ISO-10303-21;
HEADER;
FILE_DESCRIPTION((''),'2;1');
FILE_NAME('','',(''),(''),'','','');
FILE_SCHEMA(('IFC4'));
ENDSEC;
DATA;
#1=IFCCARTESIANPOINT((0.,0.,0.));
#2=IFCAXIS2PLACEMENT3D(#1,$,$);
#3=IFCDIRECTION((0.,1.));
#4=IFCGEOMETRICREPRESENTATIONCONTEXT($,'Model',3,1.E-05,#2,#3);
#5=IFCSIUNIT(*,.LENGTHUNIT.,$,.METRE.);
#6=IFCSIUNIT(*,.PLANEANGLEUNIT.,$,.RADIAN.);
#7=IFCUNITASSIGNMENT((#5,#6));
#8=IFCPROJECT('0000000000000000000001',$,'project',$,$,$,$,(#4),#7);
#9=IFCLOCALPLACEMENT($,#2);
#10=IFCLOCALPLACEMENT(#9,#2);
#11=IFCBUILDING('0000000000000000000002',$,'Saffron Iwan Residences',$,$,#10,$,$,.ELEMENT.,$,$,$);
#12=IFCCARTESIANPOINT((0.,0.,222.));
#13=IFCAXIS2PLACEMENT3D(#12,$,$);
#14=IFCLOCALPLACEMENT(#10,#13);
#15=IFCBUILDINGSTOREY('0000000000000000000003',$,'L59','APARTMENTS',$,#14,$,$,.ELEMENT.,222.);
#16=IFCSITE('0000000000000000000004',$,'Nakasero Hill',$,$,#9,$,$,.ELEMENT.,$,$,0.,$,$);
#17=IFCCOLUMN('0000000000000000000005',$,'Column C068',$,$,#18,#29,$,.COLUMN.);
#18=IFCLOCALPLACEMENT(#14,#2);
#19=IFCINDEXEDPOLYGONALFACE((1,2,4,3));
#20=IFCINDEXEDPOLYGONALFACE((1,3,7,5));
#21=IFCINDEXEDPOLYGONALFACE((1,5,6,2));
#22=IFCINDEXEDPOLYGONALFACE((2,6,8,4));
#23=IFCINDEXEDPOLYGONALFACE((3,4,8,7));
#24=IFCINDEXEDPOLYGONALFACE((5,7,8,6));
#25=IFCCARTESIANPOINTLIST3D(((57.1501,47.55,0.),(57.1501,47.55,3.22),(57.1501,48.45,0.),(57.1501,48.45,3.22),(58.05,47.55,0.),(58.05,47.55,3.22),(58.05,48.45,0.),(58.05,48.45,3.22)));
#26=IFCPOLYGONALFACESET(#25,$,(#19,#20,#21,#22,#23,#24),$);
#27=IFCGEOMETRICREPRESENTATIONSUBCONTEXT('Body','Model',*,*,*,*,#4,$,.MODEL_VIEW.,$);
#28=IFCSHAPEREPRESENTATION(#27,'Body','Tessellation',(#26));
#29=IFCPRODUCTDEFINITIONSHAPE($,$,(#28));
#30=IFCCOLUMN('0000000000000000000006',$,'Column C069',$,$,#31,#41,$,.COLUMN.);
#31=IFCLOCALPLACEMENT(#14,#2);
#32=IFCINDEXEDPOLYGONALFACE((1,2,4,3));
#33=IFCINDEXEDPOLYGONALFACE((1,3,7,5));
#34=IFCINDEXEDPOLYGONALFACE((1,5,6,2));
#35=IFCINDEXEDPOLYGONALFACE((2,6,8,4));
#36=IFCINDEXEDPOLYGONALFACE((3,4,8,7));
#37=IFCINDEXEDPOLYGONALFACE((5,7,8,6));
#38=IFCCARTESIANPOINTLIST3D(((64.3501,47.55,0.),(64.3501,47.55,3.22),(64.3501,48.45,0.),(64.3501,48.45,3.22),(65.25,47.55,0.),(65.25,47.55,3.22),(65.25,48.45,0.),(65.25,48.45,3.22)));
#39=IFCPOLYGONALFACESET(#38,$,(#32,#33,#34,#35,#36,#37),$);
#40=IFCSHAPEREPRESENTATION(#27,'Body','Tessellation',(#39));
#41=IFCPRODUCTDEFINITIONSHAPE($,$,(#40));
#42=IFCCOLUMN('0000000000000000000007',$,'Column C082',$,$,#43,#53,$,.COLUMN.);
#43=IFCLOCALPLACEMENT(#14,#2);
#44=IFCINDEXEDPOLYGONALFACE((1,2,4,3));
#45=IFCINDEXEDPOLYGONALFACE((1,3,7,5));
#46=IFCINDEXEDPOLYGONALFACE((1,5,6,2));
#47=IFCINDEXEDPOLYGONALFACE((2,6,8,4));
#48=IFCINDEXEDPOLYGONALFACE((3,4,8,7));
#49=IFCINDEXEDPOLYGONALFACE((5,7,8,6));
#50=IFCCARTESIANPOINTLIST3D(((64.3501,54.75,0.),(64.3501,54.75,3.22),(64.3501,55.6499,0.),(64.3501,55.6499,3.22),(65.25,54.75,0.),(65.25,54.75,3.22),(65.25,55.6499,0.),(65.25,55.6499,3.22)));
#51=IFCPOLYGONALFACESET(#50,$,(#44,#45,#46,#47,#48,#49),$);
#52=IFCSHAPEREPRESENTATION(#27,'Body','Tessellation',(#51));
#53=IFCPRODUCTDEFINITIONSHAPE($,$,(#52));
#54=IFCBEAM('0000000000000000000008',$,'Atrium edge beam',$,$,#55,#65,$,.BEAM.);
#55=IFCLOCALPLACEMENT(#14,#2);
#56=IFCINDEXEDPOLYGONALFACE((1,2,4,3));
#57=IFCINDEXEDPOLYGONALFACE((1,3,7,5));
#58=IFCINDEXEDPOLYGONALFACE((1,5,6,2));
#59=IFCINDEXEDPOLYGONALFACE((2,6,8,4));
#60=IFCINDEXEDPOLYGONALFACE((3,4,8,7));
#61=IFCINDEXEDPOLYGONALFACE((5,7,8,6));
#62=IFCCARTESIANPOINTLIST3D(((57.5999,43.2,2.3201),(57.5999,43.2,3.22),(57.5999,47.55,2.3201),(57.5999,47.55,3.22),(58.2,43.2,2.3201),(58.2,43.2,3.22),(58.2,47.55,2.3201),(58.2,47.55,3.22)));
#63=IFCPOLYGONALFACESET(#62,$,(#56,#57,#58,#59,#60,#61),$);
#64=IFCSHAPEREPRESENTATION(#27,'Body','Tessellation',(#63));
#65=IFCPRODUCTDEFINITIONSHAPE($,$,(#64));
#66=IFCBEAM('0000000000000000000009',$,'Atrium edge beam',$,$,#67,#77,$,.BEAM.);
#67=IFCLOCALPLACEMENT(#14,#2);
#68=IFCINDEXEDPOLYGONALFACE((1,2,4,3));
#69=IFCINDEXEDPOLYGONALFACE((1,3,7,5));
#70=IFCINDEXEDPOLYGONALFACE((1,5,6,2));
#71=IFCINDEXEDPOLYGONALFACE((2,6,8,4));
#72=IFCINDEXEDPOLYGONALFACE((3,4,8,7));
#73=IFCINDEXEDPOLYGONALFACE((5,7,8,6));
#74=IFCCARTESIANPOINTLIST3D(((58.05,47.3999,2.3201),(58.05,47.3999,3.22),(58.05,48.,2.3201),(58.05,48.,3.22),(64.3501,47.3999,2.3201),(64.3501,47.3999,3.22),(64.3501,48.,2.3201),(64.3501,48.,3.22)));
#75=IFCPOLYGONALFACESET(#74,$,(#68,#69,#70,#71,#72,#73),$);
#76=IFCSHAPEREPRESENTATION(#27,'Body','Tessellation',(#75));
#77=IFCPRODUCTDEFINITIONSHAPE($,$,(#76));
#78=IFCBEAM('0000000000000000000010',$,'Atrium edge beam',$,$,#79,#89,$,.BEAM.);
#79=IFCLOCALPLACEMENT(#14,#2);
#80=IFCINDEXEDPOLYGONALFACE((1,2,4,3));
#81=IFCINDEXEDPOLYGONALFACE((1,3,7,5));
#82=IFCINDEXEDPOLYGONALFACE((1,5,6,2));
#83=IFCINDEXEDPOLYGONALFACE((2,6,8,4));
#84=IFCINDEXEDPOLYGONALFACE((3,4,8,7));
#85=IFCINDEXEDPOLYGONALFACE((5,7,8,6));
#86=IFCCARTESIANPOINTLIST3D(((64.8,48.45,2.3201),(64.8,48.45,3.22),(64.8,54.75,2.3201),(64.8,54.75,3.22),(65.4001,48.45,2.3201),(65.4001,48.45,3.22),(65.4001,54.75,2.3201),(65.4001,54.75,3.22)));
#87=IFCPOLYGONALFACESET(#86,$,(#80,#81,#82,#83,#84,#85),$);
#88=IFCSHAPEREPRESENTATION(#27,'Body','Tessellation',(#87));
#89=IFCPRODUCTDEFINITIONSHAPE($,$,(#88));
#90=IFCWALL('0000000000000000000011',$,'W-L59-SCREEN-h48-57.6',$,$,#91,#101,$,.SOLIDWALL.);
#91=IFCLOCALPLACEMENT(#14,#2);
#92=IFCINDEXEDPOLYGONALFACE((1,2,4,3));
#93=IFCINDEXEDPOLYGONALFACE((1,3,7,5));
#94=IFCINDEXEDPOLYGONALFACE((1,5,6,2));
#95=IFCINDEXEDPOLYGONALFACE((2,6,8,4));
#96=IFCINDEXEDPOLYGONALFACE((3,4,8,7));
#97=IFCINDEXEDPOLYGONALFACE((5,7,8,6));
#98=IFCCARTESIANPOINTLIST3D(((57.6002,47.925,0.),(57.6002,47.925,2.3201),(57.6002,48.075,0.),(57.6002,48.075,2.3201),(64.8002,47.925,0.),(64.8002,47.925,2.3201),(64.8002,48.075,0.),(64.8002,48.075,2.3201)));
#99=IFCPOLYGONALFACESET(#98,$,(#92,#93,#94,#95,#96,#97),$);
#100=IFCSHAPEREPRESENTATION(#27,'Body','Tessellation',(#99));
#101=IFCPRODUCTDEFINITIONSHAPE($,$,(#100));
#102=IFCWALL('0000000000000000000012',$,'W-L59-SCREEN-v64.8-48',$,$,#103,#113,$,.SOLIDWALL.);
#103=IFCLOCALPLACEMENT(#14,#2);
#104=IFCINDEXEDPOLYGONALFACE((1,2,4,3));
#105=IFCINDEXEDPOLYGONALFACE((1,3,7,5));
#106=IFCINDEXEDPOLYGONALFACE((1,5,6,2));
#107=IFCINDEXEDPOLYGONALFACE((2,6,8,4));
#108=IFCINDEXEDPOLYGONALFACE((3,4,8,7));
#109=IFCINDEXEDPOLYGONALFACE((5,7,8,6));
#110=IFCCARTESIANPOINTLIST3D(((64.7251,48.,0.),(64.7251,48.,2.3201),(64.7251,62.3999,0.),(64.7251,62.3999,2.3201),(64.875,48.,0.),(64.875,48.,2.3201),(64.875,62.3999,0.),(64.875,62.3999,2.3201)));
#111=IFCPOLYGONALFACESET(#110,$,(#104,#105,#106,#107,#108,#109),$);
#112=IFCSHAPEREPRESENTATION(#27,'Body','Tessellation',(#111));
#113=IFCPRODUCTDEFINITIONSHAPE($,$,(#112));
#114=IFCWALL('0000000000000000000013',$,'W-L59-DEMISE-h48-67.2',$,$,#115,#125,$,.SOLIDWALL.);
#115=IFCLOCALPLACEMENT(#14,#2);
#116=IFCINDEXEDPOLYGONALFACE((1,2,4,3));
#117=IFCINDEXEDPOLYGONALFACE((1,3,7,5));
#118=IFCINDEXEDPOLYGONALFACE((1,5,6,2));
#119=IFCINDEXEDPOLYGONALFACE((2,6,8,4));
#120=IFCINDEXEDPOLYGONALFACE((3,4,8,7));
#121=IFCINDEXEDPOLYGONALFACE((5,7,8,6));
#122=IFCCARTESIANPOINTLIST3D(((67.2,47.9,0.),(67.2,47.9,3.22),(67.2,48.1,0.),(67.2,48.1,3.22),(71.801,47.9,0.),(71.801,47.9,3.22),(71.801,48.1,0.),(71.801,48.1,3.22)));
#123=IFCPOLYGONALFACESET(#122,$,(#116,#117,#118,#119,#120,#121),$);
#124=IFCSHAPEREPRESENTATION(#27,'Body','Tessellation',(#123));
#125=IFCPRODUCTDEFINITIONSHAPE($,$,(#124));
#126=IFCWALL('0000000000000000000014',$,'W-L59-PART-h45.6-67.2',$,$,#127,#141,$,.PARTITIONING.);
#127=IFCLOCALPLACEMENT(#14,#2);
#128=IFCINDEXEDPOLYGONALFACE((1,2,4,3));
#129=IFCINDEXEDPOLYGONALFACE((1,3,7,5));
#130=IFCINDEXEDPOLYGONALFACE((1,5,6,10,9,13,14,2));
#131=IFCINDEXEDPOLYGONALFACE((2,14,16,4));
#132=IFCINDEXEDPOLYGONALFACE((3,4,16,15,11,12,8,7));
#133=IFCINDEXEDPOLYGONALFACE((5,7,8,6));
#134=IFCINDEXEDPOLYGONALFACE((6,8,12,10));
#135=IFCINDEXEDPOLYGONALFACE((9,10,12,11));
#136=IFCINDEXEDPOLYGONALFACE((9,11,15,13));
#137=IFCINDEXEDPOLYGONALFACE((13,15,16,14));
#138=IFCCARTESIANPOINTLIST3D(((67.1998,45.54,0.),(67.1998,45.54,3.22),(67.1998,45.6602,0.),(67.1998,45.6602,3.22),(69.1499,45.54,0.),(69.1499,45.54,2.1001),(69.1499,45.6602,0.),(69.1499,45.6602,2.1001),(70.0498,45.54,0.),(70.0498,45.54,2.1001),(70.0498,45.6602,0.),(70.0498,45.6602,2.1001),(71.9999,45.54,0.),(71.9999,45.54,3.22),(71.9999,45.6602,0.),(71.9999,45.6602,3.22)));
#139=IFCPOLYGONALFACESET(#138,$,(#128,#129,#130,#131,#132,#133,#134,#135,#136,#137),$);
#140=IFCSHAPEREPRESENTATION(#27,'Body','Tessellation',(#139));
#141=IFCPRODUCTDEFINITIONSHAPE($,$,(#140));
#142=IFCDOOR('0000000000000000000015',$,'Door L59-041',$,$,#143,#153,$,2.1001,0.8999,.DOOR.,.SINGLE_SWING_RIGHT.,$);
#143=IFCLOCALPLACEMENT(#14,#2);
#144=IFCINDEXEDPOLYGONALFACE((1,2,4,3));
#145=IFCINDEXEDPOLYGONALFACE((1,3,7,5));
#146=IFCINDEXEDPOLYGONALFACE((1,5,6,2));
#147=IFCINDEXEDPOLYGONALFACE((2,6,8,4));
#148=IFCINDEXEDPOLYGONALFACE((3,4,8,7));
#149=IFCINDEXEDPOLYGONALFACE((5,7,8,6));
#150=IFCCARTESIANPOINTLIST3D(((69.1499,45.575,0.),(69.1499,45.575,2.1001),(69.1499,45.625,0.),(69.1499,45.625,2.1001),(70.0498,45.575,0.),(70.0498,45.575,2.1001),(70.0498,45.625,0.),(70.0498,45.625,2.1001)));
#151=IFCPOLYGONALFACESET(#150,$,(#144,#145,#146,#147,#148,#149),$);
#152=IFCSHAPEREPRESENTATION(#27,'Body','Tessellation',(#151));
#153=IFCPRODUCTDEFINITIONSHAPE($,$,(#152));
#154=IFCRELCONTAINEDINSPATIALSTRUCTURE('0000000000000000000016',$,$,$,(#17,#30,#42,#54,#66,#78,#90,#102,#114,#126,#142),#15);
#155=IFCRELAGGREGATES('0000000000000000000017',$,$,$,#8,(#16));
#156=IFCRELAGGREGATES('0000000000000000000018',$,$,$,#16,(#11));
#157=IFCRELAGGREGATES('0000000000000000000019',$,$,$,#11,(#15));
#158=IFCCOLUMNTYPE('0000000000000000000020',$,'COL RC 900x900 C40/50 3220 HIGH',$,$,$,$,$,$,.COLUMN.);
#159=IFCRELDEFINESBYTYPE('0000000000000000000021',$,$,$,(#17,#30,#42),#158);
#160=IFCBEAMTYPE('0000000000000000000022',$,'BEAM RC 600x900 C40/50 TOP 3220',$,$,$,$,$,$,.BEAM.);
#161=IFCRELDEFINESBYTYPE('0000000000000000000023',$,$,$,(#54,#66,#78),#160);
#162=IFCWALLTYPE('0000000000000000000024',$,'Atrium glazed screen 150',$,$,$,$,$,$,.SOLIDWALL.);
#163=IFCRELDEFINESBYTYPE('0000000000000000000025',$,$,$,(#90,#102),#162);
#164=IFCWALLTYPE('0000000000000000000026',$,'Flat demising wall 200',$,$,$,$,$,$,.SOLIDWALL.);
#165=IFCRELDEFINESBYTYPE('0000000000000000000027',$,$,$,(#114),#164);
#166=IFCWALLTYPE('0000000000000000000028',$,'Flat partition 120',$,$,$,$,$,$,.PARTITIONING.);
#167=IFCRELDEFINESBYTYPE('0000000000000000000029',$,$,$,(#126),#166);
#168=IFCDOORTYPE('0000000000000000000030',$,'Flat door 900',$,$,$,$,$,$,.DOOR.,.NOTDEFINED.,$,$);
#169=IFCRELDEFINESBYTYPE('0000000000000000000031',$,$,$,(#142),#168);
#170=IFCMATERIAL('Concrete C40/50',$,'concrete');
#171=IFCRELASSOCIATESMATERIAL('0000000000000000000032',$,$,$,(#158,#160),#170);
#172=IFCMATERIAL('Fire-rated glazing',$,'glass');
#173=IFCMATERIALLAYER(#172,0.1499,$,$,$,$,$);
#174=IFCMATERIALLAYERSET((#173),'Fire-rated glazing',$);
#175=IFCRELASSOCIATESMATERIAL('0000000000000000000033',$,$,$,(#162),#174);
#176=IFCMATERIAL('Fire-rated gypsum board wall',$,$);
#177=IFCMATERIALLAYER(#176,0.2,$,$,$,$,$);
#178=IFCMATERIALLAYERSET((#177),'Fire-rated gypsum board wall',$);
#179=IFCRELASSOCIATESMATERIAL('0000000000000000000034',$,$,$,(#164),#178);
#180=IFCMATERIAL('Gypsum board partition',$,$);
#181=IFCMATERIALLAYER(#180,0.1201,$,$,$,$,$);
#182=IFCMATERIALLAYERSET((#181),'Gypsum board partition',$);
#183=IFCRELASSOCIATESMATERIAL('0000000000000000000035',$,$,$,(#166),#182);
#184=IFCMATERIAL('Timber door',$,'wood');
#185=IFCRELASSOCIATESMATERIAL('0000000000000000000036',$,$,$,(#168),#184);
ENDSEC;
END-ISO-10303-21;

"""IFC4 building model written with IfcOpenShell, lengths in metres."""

from ifc_helpers import new_model, si_unit, direction, frame, frame_2d, origin, origin_2d, place, context, subcontext, project, spatial, rectangle, extrude, source, transform, mapped, material, layer, layer_set, material_profile, profile_set, type_object, element, fill, save


model = new_model("IFC4")

# Units and contexts
model_context = context("Model", 3, precision=1e-05, world=origin(), true_north=direction((0.0, 1.0)))
body_context = subcontext(model_context, "Body", "Model", "MODEL_VIEW")
ifc_project = project(units=[si_unit("LENGTHUNIT", "METRE"), si_unit("PLANEANGLEUNIT", "RADIAN")], contexts=[model_context])

# Site, building, storey
site_placement = place(None, origin())
site = spatial("IfcSite", under=ifc_project, at=site_placement, Name="Nakasero Hill", CompositionType="ELEMENT", RefElevation=0.0)
building_placement = place(site_placement, origin())
building = spatial("IfcBuilding", under=site, at=building_placement, Name="Saffron Iwan Residences", CompositionType="ELEMENT")
storey_placement = place(building_placement, frame((0.0, 0.0, 222.0)))
storey = spatial("IfcBuildingStorey", under=building, at=storey_placement, Name="L59", Description="APARTMENTS", CompositionType="ELEMENT", Elevation=222.0)

# Columns
ifc_material_1 = material(Name="Concrete C40/50", Category="concrete")
ifc_material_profile_1 = material_profile(ifc_material_1, rectangle(XDim=0.8999, YDim=0.8999, at=origin_2d()), Name="RC 900x900")
ifc_profile_set_1 = profile_set([ifc_material_profile_1], Name="Concrete C40/50")
column_type = type_object("IfcColumnType", Name="COL RC 900x900 C40/50 3220 HIGH", PredefinedType="COLUMN", material=ifc_profile_set_1)
shared_shape_1 = source(origin(), body_context, "Body", "SweptSolid", [
    extrude(rectangle(XDim=0.8999, YDim=0.8999, at=origin_2d()), origin(), (0.0, 0.0, 1.0), 3.22),
])
for number, where, z_axis, x_axis, name in (
    (1, (57.6001, 48.0, 0.0), (0.0, 0.0, 1.0), (1.0, 0.0, 0.0), "Column C068"),
    (2, (64.8, 48.0, 0.0), (0.0, 0.0, 1.0), (1.0, 0.0, 0.0), "Column C069"),
    (3, (64.8, 55.2, 0.0), (0.0, 0.0, 1.0), (1.0, 0.0, 0.0), "Column C082"),
):
    element("IfcColumn", number, at=place(storey_placement, frame(where, z_axis=z_axis, x_axis=x_axis)), inside=storey, type_object=column_type, Name=name, PredefinedType="COLUMN", context=body_context, shape_type="MappedRepresentation", body=[
        mapped(shared_shape_1, transform((0.0, 0.0, 0.0))),
    ])

# Beams
ifc_material_profile_2 = material_profile(ifc_material_1, rectangle(XDim=0.6001, YDim=0.8999, at=origin_2d()), Name="RC 600x900")
ifc_profile_set_2 = profile_set([ifc_material_profile_2], Name="Concrete C40/50")
beam_type = type_object("IfcBeamType", Name="BEAM RC 600x900 C40/50 TOP 3220", PredefinedType="BEAM", material=ifc_profile_set_2)
shared_shape_2 = source(origin(), body_context, "Body", "SweptSolid", [
    extrude(rectangle(XDim=0.6001, YDim=0.8999, at=origin_2d()), origin(), (0.0, 0.0, 1.0), 4.3501),
])
beam_placement = place(storey_placement, frame((57.8999, 47.55, 2.77), z_axis=(0.0, -1.0, 0.0), x_axis=(1.0, 0.0, 0.0)))
element("IfcBeam", 4, at=beam_placement, inside=storey, type_object=beam_type, Name="Atrium edge beam", PredefinedType="BEAM", context=body_context, shape_type="MappedRepresentation", body=[
    mapped(shared_shape_2, transform((0.0, 0.0, 0.0))),
])
shared_shape_3 = source(origin(), body_context, "Body", "SweptSolid", [
    extrude(rectangle(XDim=0.6001, YDim=0.8999, at=origin_2d()), origin(), (0.0, 0.0, 1.0), 6.3),
])
for number, where, z_axis, x_axis, name in (
    (5, (64.3501, 47.7, 2.77), (-1.0, 0.0, 0.0), (0.0, -1.0, 0.0), "Atrium edge beam"),
    (6, (65.1001, 54.75, 2.77), (0.0, -1.0, 0.0), (1.0, 0.0, 0.0), "Atrium edge beam"),
):
    element("IfcBeam", number, at=place(storey_placement, frame(where, z_axis=z_axis, x_axis=x_axis)), inside=storey, type_object=beam_type, Name=name, PredefinedType="BEAM", context=body_context, shape_type="MappedRepresentation", body=[
        mapped(shared_shape_3, transform((0.0, 0.0, 0.0))),
    ])

# Walls
ifc_material_2 = material(Name="Fire-rated glazing", Category="glass")
ifc_layer_1 = layer(ifc_material_2, 0.1499)
ifc_layer_set_1 = layer_set([ifc_layer_1], Name="Fire-rated glazing")
wall_type_1 = type_object("IfcWallType", Name="Atrium glazed screen 150", PredefinedType="SOLIDWALL", material=ifc_layer_set_1)
wall_1_placement = place(storey_placement, frame((57.6001, 48.0, 0.0), z_axis=(0.0, 0.0, 1.0), x_axis=(1.0, 0.0, 0.0)))
element("IfcWall", 7, at=wall_1_placement, inside=storey, type_object=wall_type_1, Name="W-L59-SCREEN-h48-57.6", PredefinedType="SOLIDWALL", context=body_context, shape_type="SweptSolid", body=[
    extrude(rectangle(XDim=7.2, YDim=0.1499, at=frame_2d((3.6001, 0.0))), origin(), (0.0, 0.0, 1.0), 2.3201),
])
wall_2_placement = place(storey_placement, frame((64.8, 48.0, 0.0), z_axis=(0.0, 0.0, 1.0), x_axis=(0.0, 1.0, 0.0)))
element("IfcWall", 8, at=wall_2_placement, inside=storey, type_object=wall_type_1, Name="W-L59-SCREEN-v64.8-48", PredefinedType="SOLIDWALL", context=body_context, shape_type="SweptSolid", body=[
    extrude(rectangle(XDim=14.3999, YDim=0.1499, at=frame_2d((7.2, 0.0))), origin(), (0.0, 0.0, 1.0), 2.3201),
])
ifc_material_3 = material(Name="Fire-rated gypsum board wall")
ifc_layer_2 = layer(ifc_material_3, 0.2)
ifc_layer_set_2 = layer_set([ifc_layer_2], Name="Fire-rated gypsum board wall")
wall_type_2 = type_object("IfcWallType", Name="Flat demising wall 200", PredefinedType="SOLIDWALL", material=ifc_layer_set_2)
wall_3_placement = place(storey_placement, frame((67.2, 48.0, 0.0), z_axis=(0.0, 0.0, 1.0), x_axis=(1.0, 0.0, 0.0)))
element("IfcWall", 9, at=wall_3_placement, inside=storey, type_object=wall_type_2, Name="W-L59-DEMISE-h48-67.2", PredefinedType="SOLIDWALL", context=body_context, shape_type="SweptSolid", body=[
    extrude(rectangle(XDim=4.6011, YDim=0.2, at=frame_2d((2.3005, 0.0))), origin(), (0.0, 0.0, 1.0), 3.22),
])

# Wall, opening, door
ifc_material_4 = material(Name="Gypsum board partition")
ifc_layer_3 = layer(ifc_material_4, 0.1201)
ifc_layer_set_3 = layer_set([ifc_layer_3], Name="Gypsum board partition")
wall_type_3 = type_object("IfcWallType", Name="Flat partition 120", PredefinedType="PARTITIONING", material=ifc_layer_set_3)
wall_4_placement = place(storey_placement, frame((67.2, 45.6001, 0.0), z_axis=(0.0, 0.0, 1.0), x_axis=(1.0, 0.0, 0.0)))
wall_4 = element("IfcWall", 10, at=wall_4_placement, inside=storey, type_object=wall_type_3, Name="W-L59-PART-h45.6-67.2", PredefinedType="PARTITIONING", context=body_context, shape_type="SweptSolid", body=[
    extrude(rectangle(XDim=4.8, YDim=0.1201, at=frame_2d((2.3999, 0.0))), origin(), (0.0, 0.0, 1.0), 3.22),
])
opening_1_placement = place(wall_4_placement, frame((1.95, 0.0, 0.0)))
opening_1 = element("IfcOpeningElement", 11, at=opening_1_placement, cuts=wall_4, PredefinedType="OPENING", context=body_context, shape_type="SweptSolid", body=[
    extrude(rectangle(XDim=0.8999, YDim=2.1001, at=frame_2d((0.45, 1.05))), frame((0.0, 0.0701, 0.0), z_axis=(0.0, -1.0, 0.0), x_axis=(1.0, 0.0, 0.0)), (0.0, 0.0, 1.0), 0.1401),
])
ifc_material_5 = material(Name="Timber door", Category="wood")
door_type_1 = type_object("IfcDoorType", Name="Flat door 900", OperationType="NOTDEFINED", PredefinedType="DOOR", material=ifc_material_5)
door_1_placement = place(opening_1_placement, origin())
door_1 = element("IfcDoor", 12, at=door_1_placement, inside=storey, type_object=door_type_1, Name="Door L59-041", OperationType="SINGLE_SWING_RIGHT", OverallHeight=2.1001, OverallWidth=0.8999, PredefinedType="DOOR", context=body_context, shape_type="SweptSolid", body=[
    extrude(rectangle(XDim=0.8999, YDim=2.1001, at=frame_2d((0.45, 1.05))), frame((0.0, 0.0249, 0.0), z_axis=(0.0, -1.0, 0.0), x_axis=(1.0, 0.0, 0.0)), (0.0, 0.0, 1.0), 0.05),
])
fill(opening_1, door_1)

save(model, "model.ifc")
